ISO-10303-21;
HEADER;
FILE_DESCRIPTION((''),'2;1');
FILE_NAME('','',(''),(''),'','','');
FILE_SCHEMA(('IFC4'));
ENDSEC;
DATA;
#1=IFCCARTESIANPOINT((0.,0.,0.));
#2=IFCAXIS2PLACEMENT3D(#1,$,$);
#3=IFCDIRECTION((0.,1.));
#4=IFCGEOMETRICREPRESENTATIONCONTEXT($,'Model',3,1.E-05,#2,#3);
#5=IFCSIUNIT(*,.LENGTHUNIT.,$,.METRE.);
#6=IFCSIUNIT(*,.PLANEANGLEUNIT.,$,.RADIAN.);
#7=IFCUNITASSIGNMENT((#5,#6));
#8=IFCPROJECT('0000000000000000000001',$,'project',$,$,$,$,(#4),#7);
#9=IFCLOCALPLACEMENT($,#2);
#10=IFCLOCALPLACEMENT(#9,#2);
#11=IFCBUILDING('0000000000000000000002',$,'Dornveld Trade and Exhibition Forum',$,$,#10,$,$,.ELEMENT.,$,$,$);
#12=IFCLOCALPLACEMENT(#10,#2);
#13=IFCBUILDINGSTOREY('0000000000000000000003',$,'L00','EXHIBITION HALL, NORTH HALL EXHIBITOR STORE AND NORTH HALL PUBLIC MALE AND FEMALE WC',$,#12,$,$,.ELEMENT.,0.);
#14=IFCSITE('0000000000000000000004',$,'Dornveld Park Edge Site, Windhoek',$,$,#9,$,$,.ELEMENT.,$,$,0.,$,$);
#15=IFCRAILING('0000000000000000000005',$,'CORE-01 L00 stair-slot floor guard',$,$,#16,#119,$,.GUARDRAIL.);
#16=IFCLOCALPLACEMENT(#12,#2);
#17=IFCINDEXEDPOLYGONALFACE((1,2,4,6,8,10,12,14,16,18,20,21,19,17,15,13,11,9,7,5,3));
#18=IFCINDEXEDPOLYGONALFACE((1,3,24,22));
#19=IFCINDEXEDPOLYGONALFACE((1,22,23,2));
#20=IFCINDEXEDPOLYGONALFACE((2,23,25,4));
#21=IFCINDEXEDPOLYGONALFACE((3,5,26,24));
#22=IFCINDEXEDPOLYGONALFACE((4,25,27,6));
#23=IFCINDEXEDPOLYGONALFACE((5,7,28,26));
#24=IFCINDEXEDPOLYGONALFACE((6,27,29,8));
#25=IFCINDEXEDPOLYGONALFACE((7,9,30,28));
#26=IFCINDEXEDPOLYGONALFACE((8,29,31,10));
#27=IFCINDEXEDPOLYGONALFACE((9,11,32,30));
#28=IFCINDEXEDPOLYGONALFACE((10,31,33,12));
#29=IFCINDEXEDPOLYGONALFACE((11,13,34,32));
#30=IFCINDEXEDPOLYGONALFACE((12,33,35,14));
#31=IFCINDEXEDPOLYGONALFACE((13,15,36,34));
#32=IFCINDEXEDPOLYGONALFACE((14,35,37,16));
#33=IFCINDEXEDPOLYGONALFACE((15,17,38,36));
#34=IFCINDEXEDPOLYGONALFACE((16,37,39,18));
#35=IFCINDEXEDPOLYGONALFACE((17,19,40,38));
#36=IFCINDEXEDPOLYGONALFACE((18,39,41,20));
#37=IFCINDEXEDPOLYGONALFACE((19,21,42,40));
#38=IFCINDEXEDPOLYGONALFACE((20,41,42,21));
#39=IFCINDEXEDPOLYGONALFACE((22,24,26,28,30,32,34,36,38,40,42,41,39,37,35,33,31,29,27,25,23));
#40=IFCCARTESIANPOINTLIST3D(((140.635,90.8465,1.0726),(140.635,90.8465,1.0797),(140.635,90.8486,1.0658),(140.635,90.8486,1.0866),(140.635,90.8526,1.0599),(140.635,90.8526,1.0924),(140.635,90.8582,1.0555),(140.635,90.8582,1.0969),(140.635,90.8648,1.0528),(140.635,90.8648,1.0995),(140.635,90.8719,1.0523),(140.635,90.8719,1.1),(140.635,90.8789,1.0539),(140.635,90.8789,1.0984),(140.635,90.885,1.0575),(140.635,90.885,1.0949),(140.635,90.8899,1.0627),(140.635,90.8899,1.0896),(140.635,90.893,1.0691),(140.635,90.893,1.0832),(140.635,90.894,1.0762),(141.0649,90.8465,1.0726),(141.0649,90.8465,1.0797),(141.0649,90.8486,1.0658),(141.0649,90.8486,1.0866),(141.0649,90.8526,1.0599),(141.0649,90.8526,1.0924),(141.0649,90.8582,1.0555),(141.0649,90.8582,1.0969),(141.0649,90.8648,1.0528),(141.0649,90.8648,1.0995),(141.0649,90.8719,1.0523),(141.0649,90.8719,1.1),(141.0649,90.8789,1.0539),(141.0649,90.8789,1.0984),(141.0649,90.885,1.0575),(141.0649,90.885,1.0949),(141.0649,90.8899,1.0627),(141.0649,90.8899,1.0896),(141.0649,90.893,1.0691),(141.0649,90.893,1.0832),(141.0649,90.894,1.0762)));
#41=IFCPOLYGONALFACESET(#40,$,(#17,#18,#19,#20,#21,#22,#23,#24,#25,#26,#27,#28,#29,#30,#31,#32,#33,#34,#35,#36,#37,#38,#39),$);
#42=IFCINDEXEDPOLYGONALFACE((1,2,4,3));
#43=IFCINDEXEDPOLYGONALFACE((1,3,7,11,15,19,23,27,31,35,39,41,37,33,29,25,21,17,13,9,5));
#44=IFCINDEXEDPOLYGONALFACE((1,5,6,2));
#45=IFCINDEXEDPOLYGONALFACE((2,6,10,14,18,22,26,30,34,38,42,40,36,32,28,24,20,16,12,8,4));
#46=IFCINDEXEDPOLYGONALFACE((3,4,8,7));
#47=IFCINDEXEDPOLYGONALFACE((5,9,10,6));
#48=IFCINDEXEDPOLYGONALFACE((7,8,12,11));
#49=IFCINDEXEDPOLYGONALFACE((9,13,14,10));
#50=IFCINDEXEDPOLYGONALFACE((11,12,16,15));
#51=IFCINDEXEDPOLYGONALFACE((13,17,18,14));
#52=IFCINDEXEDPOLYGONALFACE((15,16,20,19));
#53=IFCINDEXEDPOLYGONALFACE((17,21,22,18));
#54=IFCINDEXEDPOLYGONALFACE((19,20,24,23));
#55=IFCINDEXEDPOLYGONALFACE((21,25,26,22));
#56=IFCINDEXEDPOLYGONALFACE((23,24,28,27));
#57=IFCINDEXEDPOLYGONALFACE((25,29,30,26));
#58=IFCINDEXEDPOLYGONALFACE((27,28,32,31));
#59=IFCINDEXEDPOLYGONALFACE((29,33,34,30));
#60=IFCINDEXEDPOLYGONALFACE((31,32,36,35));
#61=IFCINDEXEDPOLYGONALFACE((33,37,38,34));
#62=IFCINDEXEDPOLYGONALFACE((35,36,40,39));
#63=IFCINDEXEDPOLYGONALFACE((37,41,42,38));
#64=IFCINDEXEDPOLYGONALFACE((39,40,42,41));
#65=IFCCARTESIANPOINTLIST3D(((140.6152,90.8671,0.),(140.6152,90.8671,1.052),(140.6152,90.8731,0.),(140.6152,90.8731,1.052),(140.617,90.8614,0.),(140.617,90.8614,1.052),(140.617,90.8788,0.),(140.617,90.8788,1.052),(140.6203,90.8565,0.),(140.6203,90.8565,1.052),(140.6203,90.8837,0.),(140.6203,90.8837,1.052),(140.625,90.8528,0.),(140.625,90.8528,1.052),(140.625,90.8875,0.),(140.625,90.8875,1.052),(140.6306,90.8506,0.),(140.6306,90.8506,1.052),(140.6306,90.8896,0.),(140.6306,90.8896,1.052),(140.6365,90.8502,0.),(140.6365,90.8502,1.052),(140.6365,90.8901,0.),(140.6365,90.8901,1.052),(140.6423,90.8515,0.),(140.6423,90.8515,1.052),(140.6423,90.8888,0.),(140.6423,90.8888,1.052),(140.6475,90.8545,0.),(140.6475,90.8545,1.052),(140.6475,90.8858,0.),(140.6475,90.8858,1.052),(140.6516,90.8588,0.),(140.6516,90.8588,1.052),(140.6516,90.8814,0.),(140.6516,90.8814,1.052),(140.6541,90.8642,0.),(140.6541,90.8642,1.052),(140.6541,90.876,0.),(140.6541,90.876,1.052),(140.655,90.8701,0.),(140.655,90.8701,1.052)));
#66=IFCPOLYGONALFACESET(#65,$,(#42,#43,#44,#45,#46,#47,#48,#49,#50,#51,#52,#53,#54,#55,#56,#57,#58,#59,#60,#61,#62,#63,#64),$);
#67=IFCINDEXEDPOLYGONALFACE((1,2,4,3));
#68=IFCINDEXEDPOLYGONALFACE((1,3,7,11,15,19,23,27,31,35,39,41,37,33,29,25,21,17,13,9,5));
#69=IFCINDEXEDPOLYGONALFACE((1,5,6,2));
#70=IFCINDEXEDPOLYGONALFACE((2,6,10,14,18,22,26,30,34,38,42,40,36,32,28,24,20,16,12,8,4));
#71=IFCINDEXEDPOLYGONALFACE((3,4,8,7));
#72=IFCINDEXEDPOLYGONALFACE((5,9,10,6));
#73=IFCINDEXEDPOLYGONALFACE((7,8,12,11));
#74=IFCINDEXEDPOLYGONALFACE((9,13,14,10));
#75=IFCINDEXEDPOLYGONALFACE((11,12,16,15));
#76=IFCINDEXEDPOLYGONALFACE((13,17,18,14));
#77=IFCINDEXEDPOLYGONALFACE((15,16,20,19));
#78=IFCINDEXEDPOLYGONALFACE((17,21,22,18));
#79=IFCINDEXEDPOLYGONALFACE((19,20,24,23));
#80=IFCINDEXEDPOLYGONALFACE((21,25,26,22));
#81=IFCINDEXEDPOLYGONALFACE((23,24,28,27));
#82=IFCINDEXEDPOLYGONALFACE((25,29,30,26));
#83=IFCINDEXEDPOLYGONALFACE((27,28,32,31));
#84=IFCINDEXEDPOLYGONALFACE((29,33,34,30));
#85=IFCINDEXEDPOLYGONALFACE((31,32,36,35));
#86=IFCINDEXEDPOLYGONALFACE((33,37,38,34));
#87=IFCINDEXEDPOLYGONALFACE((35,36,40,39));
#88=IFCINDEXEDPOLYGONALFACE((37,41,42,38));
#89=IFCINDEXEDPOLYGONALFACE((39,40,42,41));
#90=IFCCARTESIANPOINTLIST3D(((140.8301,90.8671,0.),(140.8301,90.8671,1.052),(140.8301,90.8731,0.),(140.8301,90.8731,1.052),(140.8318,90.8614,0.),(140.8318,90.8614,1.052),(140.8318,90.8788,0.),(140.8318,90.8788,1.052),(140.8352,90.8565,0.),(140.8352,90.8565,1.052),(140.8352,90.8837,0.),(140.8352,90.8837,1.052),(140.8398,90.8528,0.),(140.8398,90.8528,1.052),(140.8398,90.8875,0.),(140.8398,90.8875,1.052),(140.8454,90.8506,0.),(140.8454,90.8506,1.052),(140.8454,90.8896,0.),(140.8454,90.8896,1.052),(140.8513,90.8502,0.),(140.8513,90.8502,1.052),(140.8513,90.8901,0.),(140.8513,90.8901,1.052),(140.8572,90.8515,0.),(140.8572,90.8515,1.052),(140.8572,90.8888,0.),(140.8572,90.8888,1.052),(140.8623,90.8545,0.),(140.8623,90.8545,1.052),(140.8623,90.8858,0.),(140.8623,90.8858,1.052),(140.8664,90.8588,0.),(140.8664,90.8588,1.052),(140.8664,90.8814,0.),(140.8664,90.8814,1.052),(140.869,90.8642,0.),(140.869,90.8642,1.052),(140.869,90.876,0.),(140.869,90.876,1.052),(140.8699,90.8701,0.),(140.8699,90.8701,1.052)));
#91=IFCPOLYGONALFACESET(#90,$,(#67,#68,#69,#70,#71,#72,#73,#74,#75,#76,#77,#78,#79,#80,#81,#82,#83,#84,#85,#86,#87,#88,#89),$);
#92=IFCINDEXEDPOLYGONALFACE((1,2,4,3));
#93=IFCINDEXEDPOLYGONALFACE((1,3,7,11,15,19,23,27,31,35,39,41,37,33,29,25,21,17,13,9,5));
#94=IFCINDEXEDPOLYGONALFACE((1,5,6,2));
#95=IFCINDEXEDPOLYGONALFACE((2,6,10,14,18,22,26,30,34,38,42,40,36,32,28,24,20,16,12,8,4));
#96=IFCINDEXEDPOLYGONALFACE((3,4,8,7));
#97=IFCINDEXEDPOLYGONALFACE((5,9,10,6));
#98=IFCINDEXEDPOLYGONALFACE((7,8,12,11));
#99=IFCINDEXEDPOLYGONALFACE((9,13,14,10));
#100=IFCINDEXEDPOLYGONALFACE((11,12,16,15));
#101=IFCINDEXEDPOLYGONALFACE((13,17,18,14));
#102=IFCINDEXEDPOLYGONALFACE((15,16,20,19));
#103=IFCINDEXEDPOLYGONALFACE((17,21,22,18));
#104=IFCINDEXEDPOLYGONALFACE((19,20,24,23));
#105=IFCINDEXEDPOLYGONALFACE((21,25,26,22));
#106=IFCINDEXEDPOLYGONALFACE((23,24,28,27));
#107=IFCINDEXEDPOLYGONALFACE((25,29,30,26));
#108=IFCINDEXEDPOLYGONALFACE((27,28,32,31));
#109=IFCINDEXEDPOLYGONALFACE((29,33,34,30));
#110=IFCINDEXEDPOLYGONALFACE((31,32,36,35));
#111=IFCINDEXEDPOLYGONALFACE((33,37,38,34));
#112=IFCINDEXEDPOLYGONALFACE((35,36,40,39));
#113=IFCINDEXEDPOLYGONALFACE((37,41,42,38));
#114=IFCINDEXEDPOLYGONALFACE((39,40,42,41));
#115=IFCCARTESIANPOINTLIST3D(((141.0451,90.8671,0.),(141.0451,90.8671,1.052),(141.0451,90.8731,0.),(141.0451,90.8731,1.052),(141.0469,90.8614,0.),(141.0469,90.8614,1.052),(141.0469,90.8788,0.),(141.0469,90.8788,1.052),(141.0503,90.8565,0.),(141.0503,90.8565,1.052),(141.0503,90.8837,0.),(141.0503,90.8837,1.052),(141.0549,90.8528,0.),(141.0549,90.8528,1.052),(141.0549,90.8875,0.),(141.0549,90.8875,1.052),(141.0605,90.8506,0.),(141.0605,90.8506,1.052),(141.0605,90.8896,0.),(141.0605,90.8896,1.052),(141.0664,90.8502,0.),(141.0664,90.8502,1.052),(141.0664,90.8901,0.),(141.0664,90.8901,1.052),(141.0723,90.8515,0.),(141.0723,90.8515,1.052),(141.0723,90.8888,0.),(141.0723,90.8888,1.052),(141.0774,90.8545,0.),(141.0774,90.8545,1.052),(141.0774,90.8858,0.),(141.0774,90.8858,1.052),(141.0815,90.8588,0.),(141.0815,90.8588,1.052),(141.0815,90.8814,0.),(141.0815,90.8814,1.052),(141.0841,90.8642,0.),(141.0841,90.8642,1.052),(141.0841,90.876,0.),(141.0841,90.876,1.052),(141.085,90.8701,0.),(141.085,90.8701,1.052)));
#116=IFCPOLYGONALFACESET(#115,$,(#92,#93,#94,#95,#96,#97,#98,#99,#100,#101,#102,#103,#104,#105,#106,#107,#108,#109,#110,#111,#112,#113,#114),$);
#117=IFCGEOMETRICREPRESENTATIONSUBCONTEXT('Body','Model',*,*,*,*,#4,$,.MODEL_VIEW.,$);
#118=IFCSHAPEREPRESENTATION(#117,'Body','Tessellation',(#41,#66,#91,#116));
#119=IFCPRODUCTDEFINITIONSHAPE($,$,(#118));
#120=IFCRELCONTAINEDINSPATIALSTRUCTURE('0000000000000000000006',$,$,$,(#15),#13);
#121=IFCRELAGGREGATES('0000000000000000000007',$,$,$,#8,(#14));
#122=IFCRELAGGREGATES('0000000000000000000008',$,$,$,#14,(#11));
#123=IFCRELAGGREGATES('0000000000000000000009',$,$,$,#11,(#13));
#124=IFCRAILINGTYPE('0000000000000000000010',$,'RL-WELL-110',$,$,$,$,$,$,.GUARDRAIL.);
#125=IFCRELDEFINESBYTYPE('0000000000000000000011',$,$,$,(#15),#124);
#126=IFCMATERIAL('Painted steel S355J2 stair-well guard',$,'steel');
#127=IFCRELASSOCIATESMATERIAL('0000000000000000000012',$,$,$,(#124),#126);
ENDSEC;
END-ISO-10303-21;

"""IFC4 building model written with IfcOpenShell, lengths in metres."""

from ifc_helpers import new_model, si_unit, direction, frame, origin, origin_2d, place, context, subcontext, project, spatial, circle, extrude, material, type_object, element, save


model = new_model("IFC4")

# Units and contexts
model_context = context("Model", 3, precision=1e-05, world=origin(), true_north=direction((0.0, 1.0)))
body_context = subcontext(model_context, "Body", "Model", "MODEL_VIEW")
ifc_project = project(units=[si_unit("LENGTHUNIT", "METRE"), si_unit("PLANEANGLEUNIT", "RADIAN")], contexts=[model_context])

# Site, building, storey
site_placement = place(None, origin())
site = spatial("IfcSite", under=ifc_project, at=site_placement, Name="Dornveld Park Edge Site, Windhoek", CompositionType="ELEMENT", RefElevation=0.0)
building_placement = place(site_placement, origin())
building = spatial("IfcBuilding", under=site, at=building_placement, Name="Dornveld Trade and Exhibition Forum", CompositionType="ELEMENT")
storey_placement = place(building_placement, origin())
storey = spatial("IfcBuildingStorey", under=building, at=storey_placement, Name="L00", Description="EXHIBITION HALL, NORTH HALL EXHIBITOR STORE AND NORTH HALL PUBLIC MALE AND FEMALE WC", CompositionType="ELEMENT", Elevation=0.0)

# Railing
ifc_material_1 = material(Name="Painted steel S355J2 stair-well guard", Category="steel")
railing_type_1 = type_object("IfcRailingType", Name="RL-WELL-110", PredefinedType="GUARDRAIL", material=ifc_material_1)
railing_1_placement = place(storey_placement, frame((140.635, 90.8701, 0.0)))
element("IfcRailing", 1, at=railing_1_placement, inside=storey, type_object=railing_type_1, Name="CORE-01 L00 stair-slot floor guard", PredefinedType="GUARDRAIL", context=body_context, shape_type="SweptSolid", body=[
    extrude(circle(Radius=0.0239, at=origin_2d()), frame((0.0, 0.0, 1.0762), z_axis=(1.0, 0.0, 0.0), x_axis=(0.0, 1.0, 0.0)), (0.0, 0.0, 1.0), 0.4299),
    extrude(circle(Radius=0.02, at=origin_2d()), origin(), (0.0, 0.0, 1.0), 1.052),
    extrude(circle(Radius=0.02, at=origin_2d()), frame((0.2148, 0.0, 0.0)), (0.0, 0.0, 1.0), 1.052),
    extrude(circle(Radius=0.02, at=origin_2d()), frame((0.4299, 0.0, 0.0)), (0.0, 0.0, 1.0), 1.052),
])

save(model, "model.ifc")
